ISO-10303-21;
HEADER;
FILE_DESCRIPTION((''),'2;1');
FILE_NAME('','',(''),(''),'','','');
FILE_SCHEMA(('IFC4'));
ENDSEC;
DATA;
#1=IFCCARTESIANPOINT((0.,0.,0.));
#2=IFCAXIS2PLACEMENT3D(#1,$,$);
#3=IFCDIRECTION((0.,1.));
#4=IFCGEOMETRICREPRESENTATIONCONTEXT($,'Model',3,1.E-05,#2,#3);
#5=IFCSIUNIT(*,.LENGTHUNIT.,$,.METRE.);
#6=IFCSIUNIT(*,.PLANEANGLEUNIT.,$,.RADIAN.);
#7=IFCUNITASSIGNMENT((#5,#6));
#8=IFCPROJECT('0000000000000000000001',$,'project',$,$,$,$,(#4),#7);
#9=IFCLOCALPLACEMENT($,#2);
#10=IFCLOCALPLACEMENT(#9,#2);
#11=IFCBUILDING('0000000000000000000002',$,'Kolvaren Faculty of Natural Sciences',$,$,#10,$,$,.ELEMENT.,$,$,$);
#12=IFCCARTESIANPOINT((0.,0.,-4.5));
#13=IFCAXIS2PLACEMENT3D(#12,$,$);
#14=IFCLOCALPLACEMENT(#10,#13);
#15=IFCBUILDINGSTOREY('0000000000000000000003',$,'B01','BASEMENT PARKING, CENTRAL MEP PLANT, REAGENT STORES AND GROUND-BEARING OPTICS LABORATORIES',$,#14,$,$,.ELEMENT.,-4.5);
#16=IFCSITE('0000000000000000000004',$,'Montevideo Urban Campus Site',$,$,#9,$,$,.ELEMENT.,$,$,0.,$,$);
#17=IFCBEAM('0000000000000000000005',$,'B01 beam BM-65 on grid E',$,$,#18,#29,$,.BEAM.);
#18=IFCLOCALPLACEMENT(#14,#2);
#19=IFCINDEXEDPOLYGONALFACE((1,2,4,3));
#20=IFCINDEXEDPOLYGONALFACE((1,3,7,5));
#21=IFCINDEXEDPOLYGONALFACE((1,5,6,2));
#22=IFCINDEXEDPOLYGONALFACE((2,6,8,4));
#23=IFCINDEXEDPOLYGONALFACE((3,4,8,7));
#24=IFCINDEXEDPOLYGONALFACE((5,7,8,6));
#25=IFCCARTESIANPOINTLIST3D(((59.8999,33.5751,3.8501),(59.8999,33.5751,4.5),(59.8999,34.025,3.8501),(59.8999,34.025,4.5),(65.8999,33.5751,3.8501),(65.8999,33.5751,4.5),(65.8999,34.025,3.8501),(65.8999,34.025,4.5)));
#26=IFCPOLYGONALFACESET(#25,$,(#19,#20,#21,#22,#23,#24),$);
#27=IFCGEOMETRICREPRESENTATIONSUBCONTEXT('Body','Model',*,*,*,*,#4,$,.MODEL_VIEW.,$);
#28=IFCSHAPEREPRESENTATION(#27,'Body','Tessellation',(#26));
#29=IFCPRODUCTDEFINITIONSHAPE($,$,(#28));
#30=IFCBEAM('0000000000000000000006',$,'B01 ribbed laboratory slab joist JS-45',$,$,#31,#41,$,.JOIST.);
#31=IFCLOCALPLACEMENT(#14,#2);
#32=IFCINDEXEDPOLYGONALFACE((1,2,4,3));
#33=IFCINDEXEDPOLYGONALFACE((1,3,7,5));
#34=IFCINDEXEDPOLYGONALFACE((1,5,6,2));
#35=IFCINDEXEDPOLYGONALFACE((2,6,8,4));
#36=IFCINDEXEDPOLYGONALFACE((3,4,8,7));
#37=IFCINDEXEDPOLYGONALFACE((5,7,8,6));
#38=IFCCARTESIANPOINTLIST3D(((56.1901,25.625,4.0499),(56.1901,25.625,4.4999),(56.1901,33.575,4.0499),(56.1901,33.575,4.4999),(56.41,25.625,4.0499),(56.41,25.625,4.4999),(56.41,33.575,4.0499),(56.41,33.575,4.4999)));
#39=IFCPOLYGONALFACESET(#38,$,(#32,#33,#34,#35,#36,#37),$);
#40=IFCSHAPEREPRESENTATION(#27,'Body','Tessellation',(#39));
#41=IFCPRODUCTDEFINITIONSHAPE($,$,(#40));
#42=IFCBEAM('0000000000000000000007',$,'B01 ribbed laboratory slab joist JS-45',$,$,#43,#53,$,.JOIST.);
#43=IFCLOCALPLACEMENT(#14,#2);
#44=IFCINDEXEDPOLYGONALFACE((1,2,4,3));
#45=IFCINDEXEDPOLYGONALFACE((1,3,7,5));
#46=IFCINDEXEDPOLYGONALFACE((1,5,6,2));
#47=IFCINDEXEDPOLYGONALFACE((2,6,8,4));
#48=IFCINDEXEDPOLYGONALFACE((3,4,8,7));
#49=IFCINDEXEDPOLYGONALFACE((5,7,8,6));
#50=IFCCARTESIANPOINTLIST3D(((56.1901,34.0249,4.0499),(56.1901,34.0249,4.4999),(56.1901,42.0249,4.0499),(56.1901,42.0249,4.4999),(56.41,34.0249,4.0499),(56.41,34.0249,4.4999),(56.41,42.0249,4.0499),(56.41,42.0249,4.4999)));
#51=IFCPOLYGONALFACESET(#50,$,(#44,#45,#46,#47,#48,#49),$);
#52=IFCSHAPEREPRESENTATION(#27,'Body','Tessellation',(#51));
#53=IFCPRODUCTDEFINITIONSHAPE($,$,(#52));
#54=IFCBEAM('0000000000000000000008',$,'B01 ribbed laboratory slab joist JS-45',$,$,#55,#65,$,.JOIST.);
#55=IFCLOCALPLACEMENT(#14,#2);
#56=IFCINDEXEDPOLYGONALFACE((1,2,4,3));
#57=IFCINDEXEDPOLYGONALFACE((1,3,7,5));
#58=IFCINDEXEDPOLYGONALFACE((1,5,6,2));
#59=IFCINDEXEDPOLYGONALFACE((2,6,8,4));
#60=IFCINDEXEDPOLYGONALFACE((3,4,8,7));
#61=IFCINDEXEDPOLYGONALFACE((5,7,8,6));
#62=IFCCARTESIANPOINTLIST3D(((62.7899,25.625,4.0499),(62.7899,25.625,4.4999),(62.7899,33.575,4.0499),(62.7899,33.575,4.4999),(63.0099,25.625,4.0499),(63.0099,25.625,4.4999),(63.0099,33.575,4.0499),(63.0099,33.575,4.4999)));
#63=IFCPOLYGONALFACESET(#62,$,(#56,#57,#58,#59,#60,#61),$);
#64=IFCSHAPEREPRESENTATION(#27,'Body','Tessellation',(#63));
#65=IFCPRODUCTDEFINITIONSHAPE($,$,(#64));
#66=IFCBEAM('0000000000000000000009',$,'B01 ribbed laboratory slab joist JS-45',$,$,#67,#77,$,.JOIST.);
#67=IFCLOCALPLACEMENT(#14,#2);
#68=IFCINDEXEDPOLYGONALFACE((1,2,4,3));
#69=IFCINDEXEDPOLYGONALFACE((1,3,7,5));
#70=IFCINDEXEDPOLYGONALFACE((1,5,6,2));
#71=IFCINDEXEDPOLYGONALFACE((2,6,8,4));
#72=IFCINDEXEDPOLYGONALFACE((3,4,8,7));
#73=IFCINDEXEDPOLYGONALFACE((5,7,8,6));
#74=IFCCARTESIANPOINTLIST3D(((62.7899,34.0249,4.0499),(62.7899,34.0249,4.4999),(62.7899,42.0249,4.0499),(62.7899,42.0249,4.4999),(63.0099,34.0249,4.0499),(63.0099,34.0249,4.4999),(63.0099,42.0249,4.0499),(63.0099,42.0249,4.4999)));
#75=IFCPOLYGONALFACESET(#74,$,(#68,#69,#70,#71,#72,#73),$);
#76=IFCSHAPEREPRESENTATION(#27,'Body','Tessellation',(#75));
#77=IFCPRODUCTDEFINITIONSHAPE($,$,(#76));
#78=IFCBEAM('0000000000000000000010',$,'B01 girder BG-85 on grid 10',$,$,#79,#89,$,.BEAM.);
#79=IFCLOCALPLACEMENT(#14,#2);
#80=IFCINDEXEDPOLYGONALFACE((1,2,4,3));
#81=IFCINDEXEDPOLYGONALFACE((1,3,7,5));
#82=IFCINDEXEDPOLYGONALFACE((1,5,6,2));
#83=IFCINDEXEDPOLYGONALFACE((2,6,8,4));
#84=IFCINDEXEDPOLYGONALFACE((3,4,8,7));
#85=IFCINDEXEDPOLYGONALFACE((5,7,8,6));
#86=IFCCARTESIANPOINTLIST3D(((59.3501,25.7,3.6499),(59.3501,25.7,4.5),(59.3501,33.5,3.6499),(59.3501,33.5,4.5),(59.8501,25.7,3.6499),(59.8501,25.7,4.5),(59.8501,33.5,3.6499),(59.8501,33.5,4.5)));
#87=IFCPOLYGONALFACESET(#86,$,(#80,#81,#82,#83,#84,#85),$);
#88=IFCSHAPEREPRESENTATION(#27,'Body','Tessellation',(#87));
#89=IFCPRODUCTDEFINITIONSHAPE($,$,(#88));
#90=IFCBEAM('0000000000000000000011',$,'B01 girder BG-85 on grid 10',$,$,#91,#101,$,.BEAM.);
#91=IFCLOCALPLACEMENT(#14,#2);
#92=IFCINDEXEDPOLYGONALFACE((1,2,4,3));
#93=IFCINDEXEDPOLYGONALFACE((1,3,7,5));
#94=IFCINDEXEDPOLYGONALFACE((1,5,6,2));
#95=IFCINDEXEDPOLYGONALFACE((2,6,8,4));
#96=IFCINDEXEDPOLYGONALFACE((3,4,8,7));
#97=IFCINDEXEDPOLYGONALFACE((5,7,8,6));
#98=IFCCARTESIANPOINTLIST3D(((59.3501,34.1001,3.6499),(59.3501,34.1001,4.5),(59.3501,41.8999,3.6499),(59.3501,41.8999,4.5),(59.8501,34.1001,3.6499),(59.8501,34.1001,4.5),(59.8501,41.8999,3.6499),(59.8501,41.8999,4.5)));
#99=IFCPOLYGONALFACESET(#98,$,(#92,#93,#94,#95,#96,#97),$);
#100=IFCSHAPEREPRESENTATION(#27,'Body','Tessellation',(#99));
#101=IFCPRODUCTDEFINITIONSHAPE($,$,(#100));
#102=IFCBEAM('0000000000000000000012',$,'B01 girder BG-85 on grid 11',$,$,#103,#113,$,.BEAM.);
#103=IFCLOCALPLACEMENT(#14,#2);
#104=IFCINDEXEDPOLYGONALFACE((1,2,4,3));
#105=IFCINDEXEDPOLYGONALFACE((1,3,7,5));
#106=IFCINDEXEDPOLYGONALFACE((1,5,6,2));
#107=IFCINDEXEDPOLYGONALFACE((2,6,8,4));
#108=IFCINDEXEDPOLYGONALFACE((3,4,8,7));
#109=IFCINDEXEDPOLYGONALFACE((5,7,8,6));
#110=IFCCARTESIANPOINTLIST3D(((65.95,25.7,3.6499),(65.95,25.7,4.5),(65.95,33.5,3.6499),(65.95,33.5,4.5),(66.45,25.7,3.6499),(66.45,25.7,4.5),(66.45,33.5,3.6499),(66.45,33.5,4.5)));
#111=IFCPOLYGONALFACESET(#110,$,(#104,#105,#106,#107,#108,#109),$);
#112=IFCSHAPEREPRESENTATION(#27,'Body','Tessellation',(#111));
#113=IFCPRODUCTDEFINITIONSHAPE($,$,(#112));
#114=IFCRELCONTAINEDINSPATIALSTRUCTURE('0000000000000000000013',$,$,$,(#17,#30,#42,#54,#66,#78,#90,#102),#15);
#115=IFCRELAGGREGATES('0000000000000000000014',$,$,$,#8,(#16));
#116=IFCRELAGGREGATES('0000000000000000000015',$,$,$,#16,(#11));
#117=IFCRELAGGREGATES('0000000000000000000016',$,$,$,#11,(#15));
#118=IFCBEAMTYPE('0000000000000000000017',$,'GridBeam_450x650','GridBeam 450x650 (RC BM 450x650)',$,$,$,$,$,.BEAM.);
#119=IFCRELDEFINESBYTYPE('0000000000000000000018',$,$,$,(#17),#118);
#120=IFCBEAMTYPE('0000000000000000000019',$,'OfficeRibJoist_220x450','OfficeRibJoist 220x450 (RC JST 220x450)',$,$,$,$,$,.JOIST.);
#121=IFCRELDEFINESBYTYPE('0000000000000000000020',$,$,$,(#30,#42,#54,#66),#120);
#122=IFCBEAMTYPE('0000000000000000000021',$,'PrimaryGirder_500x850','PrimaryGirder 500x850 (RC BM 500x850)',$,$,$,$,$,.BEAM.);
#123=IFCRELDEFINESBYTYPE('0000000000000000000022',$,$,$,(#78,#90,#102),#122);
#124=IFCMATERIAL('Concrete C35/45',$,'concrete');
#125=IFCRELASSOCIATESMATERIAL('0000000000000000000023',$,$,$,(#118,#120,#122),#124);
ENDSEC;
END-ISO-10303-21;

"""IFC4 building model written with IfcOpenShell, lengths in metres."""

from ifc_helpers import new_model, si_unit, direction, frame, origin, origin_2d, place, context, subcontext, project, spatial, rectangle, extrude, material, material_profile, profile_set, type_object, element, save


model = new_model("IFC4")

# Units and contexts
model_context = context("Model", 3, precision=1e-05, world=origin(), true_north=direction((0.0, 1.0)))
body_context = subcontext(model_context, "Body", "Model", "MODEL_VIEW")
ifc_project = project(units=[si_unit("LENGTHUNIT", "METRE"), si_unit("PLANEANGLEUNIT", "RADIAN")], contexts=[model_context])

# Site, building, storey
site_placement = place(None, origin())
site = spatial("IfcSite", under=ifc_project, at=site_placement, Name="Montevideo Urban Campus Site", CompositionType="ELEMENT", RefElevation=0.0)
building_placement = place(site_placement, origin())
building = spatial("IfcBuilding", under=site, at=building_placement, Name="Kolvaren Faculty of Natural Sciences", CompositionType="ELEMENT")
storey_placement = place(building_placement, frame((0.0, 0.0, -4.5)))
storey = spatial("IfcBuildingStorey", under=building, at=storey_placement, Name="B01", Description="BASEMENT PARKING, CENTRAL MEP PLANT, REAGENT STORES AND GROUND-BEARING OPTICS LABORATORIES", CompositionType="ELEMENT", Elevation=-4.5)

# Shared definitions
ifc_material = material(Name="Concrete C35/45", Category="concrete")

# Beams
ifc_material_profile_1 = material_profile(ifc_material, rectangle(XDim=0.45, YDim=0.6499, at=origin_2d()), Name="RC BM 450x650")
ifc_profile_set_1 = profile_set([ifc_material_profile_1], Name="Concrete C35/45")
beam_type_1 = type_object("IfcBeamType", Name="GridBeam_450x650", Description="GridBeam 450x650 (RC BM 450x650)", PredefinedType="BEAM", material=ifc_profile_set_1)
for number, where, z_axis, x_axis, name in (
    (1, (59.8999, 33.8, 4.175), (1.0, 0.0, 0.0), (0.0, 1.0, 0.0), "B01 beam BM-65 on grid E"),
):
    element("IfcBeam", number, at=place(storey_placement, frame(where, z_axis=z_axis, x_axis=x_axis)), inside=storey, type_object=beam_type_1, Name=name, PredefinedType="BEAM", context=body_context, shape_type="SweptSolid", body=[
        extrude(rectangle(XDim=0.45, YDim=0.6499, at=origin_2d()), origin(), (0.0, 0.0, 1.0), 6.0),
    ])
ifc_material_profile_2 = material_profile(ifc_material, rectangle(XDim=0.22, YDim=0.45, at=origin_2d()), Name="RC JST 220x450")
ifc_profile_set_2 = profile_set([ifc_material_profile_2], Name="Concrete C35/45")
beam_type_2 = type_object("IfcBeamType", Name="OfficeRibJoist_220x450", Description="OfficeRibJoist 220x450 (RC JST 220x450)", PredefinedType="JOIST", material=ifc_profile_set_2)
beam_1_placement = place(storey_placement, frame((56.3, 25.625, 4.2749), z_axis=(0.0, 1.0, 0.0), x_axis=(-1.0, 0.0, 0.0)))
element("IfcBeam", 2, at=beam_1_placement, inside=storey, type_object=beam_type_2, Name="B01 ribbed laboratory slab joist JS-45", PredefinedType="JOIST", context=body_context, shape_type="SweptSolid", body=[
    extrude(rectangle(XDim=0.22, YDim=0.45, at=origin_2d()), origin(), (0.0, 0.0, 1.0), 7.95),
])
beam_2_placement = place(storey_placement, frame((56.3, 34.0249, 4.2749), z_axis=(0.0, 1.0, 0.0), x_axis=(-1.0, 0.0, 0.0)))
element("IfcBeam", 3, at=beam_2_placement, inside=storey, type_object=beam_type_2, Name="B01 ribbed laboratory slab joist JS-45", PredefinedType="JOIST", context=body_context, shape_type="SweptSolid", body=[
    extrude(rectangle(XDim=0.22, YDim=0.45, at=origin_2d()), origin(), (0.0, 0.0, 1.0), 8.0),
])
beam_3_placement = place(storey_placement, frame((62.8999, 25.625, 4.2749), z_axis=(0.0, 1.0, 0.0), x_axis=(-1.0, 0.0, 0.0)))
element("IfcBeam", 4, at=beam_3_placement, inside=storey, type_object=beam_type_2, Name="B01 ribbed laboratory slab joist JS-45", PredefinedType="JOIST", context=body_context, shape_type="SweptSolid", body=[
    extrude(rectangle(XDim=0.22, YDim=0.45, at=origin_2d()), origin(), (0.0, 0.0, 1.0), 7.95),
])
beam_4_placement = place(storey_placement, frame((62.8999, 34.0249, 4.2749), z_axis=(0.0, 1.0, 0.0), x_axis=(-1.0, 0.0, 0.0)))
element("IfcBeam", 5, at=beam_4_placement, inside=storey, type_object=beam_type_2, Name="B01 ribbed laboratory slab joist JS-45", PredefinedType="JOIST", context=body_context, shape_type="SweptSolid", body=[
    extrude(rectangle(XDim=0.22, YDim=0.45, at=origin_2d()), origin(), (0.0, 0.0, 1.0), 8.0),
])
ifc_material_profile_3 = material_profile(ifc_material, rectangle(XDim=0.5, YDim=0.8501, at=origin_2d()), Name="RC BM 500x850")
ifc_profile_set_3 = profile_set([ifc_material_profile_3], Name="Concrete C35/45")
beam_type_3 = type_object("IfcBeamType", Name="PrimaryGirder_500x850", Description="PrimaryGirder 500x850 (RC BM 500x850)", PredefinedType="BEAM", material=ifc_profile_set_3)
beam_5_placement = place(storey_placement, frame((59.6001, 25.7, 4.075), z_axis=(0.0, 1.0, 0.0), x_axis=(-1.0, 0.0, 0.0)))
element("IfcBeam", 6, at=beam_5_placement, inside=storey, type_object=beam_type_3, Name="B01 girder BG-85 on grid 10", PredefinedType="BEAM", context=body_context, shape_type="SweptSolid", body=[
    extrude(rectangle(XDim=0.5, YDim=0.8501, at=origin_2d()), origin(), (0.0, 0.0, 1.0), 7.8),
])
beam_6_placement = place(storey_placement, frame((59.6001, 34.1001, 4.075), z_axis=(0.0, 1.0, 0.0), x_axis=(-1.0, 0.0, 0.0)))
element("IfcBeam", 7, at=beam_6_placement, inside=storey, type_object=beam_type_3, Name="B01 girder BG-85 on grid 10", PredefinedType="BEAM", context=body_context, shape_type="SweptSolid", body=[
    extrude(rectangle(XDim=0.5, YDim=0.8501, at=origin_2d()), origin(), (0.0, 0.0, 1.0), 7.7998),
])
beam_7_placement = place(storey_placement, frame((66.2, 25.7, 4.075), z_axis=(0.0, 1.0, 0.0), x_axis=(-1.0, 0.0, 0.0)))
element("IfcBeam", 8, at=beam_7_placement, inside=storey, type_object=beam_type_3, Name="B01 girder BG-85 on grid 11", PredefinedType="BEAM", context=body_context, shape_type="SweptSolid", body=[
    extrude(rectangle(XDim=0.5, YDim=0.8501, at=origin_2d()), origin(), (0.0, 0.0, 1.0), 7.8),
])

save(model, "model.ifc")
